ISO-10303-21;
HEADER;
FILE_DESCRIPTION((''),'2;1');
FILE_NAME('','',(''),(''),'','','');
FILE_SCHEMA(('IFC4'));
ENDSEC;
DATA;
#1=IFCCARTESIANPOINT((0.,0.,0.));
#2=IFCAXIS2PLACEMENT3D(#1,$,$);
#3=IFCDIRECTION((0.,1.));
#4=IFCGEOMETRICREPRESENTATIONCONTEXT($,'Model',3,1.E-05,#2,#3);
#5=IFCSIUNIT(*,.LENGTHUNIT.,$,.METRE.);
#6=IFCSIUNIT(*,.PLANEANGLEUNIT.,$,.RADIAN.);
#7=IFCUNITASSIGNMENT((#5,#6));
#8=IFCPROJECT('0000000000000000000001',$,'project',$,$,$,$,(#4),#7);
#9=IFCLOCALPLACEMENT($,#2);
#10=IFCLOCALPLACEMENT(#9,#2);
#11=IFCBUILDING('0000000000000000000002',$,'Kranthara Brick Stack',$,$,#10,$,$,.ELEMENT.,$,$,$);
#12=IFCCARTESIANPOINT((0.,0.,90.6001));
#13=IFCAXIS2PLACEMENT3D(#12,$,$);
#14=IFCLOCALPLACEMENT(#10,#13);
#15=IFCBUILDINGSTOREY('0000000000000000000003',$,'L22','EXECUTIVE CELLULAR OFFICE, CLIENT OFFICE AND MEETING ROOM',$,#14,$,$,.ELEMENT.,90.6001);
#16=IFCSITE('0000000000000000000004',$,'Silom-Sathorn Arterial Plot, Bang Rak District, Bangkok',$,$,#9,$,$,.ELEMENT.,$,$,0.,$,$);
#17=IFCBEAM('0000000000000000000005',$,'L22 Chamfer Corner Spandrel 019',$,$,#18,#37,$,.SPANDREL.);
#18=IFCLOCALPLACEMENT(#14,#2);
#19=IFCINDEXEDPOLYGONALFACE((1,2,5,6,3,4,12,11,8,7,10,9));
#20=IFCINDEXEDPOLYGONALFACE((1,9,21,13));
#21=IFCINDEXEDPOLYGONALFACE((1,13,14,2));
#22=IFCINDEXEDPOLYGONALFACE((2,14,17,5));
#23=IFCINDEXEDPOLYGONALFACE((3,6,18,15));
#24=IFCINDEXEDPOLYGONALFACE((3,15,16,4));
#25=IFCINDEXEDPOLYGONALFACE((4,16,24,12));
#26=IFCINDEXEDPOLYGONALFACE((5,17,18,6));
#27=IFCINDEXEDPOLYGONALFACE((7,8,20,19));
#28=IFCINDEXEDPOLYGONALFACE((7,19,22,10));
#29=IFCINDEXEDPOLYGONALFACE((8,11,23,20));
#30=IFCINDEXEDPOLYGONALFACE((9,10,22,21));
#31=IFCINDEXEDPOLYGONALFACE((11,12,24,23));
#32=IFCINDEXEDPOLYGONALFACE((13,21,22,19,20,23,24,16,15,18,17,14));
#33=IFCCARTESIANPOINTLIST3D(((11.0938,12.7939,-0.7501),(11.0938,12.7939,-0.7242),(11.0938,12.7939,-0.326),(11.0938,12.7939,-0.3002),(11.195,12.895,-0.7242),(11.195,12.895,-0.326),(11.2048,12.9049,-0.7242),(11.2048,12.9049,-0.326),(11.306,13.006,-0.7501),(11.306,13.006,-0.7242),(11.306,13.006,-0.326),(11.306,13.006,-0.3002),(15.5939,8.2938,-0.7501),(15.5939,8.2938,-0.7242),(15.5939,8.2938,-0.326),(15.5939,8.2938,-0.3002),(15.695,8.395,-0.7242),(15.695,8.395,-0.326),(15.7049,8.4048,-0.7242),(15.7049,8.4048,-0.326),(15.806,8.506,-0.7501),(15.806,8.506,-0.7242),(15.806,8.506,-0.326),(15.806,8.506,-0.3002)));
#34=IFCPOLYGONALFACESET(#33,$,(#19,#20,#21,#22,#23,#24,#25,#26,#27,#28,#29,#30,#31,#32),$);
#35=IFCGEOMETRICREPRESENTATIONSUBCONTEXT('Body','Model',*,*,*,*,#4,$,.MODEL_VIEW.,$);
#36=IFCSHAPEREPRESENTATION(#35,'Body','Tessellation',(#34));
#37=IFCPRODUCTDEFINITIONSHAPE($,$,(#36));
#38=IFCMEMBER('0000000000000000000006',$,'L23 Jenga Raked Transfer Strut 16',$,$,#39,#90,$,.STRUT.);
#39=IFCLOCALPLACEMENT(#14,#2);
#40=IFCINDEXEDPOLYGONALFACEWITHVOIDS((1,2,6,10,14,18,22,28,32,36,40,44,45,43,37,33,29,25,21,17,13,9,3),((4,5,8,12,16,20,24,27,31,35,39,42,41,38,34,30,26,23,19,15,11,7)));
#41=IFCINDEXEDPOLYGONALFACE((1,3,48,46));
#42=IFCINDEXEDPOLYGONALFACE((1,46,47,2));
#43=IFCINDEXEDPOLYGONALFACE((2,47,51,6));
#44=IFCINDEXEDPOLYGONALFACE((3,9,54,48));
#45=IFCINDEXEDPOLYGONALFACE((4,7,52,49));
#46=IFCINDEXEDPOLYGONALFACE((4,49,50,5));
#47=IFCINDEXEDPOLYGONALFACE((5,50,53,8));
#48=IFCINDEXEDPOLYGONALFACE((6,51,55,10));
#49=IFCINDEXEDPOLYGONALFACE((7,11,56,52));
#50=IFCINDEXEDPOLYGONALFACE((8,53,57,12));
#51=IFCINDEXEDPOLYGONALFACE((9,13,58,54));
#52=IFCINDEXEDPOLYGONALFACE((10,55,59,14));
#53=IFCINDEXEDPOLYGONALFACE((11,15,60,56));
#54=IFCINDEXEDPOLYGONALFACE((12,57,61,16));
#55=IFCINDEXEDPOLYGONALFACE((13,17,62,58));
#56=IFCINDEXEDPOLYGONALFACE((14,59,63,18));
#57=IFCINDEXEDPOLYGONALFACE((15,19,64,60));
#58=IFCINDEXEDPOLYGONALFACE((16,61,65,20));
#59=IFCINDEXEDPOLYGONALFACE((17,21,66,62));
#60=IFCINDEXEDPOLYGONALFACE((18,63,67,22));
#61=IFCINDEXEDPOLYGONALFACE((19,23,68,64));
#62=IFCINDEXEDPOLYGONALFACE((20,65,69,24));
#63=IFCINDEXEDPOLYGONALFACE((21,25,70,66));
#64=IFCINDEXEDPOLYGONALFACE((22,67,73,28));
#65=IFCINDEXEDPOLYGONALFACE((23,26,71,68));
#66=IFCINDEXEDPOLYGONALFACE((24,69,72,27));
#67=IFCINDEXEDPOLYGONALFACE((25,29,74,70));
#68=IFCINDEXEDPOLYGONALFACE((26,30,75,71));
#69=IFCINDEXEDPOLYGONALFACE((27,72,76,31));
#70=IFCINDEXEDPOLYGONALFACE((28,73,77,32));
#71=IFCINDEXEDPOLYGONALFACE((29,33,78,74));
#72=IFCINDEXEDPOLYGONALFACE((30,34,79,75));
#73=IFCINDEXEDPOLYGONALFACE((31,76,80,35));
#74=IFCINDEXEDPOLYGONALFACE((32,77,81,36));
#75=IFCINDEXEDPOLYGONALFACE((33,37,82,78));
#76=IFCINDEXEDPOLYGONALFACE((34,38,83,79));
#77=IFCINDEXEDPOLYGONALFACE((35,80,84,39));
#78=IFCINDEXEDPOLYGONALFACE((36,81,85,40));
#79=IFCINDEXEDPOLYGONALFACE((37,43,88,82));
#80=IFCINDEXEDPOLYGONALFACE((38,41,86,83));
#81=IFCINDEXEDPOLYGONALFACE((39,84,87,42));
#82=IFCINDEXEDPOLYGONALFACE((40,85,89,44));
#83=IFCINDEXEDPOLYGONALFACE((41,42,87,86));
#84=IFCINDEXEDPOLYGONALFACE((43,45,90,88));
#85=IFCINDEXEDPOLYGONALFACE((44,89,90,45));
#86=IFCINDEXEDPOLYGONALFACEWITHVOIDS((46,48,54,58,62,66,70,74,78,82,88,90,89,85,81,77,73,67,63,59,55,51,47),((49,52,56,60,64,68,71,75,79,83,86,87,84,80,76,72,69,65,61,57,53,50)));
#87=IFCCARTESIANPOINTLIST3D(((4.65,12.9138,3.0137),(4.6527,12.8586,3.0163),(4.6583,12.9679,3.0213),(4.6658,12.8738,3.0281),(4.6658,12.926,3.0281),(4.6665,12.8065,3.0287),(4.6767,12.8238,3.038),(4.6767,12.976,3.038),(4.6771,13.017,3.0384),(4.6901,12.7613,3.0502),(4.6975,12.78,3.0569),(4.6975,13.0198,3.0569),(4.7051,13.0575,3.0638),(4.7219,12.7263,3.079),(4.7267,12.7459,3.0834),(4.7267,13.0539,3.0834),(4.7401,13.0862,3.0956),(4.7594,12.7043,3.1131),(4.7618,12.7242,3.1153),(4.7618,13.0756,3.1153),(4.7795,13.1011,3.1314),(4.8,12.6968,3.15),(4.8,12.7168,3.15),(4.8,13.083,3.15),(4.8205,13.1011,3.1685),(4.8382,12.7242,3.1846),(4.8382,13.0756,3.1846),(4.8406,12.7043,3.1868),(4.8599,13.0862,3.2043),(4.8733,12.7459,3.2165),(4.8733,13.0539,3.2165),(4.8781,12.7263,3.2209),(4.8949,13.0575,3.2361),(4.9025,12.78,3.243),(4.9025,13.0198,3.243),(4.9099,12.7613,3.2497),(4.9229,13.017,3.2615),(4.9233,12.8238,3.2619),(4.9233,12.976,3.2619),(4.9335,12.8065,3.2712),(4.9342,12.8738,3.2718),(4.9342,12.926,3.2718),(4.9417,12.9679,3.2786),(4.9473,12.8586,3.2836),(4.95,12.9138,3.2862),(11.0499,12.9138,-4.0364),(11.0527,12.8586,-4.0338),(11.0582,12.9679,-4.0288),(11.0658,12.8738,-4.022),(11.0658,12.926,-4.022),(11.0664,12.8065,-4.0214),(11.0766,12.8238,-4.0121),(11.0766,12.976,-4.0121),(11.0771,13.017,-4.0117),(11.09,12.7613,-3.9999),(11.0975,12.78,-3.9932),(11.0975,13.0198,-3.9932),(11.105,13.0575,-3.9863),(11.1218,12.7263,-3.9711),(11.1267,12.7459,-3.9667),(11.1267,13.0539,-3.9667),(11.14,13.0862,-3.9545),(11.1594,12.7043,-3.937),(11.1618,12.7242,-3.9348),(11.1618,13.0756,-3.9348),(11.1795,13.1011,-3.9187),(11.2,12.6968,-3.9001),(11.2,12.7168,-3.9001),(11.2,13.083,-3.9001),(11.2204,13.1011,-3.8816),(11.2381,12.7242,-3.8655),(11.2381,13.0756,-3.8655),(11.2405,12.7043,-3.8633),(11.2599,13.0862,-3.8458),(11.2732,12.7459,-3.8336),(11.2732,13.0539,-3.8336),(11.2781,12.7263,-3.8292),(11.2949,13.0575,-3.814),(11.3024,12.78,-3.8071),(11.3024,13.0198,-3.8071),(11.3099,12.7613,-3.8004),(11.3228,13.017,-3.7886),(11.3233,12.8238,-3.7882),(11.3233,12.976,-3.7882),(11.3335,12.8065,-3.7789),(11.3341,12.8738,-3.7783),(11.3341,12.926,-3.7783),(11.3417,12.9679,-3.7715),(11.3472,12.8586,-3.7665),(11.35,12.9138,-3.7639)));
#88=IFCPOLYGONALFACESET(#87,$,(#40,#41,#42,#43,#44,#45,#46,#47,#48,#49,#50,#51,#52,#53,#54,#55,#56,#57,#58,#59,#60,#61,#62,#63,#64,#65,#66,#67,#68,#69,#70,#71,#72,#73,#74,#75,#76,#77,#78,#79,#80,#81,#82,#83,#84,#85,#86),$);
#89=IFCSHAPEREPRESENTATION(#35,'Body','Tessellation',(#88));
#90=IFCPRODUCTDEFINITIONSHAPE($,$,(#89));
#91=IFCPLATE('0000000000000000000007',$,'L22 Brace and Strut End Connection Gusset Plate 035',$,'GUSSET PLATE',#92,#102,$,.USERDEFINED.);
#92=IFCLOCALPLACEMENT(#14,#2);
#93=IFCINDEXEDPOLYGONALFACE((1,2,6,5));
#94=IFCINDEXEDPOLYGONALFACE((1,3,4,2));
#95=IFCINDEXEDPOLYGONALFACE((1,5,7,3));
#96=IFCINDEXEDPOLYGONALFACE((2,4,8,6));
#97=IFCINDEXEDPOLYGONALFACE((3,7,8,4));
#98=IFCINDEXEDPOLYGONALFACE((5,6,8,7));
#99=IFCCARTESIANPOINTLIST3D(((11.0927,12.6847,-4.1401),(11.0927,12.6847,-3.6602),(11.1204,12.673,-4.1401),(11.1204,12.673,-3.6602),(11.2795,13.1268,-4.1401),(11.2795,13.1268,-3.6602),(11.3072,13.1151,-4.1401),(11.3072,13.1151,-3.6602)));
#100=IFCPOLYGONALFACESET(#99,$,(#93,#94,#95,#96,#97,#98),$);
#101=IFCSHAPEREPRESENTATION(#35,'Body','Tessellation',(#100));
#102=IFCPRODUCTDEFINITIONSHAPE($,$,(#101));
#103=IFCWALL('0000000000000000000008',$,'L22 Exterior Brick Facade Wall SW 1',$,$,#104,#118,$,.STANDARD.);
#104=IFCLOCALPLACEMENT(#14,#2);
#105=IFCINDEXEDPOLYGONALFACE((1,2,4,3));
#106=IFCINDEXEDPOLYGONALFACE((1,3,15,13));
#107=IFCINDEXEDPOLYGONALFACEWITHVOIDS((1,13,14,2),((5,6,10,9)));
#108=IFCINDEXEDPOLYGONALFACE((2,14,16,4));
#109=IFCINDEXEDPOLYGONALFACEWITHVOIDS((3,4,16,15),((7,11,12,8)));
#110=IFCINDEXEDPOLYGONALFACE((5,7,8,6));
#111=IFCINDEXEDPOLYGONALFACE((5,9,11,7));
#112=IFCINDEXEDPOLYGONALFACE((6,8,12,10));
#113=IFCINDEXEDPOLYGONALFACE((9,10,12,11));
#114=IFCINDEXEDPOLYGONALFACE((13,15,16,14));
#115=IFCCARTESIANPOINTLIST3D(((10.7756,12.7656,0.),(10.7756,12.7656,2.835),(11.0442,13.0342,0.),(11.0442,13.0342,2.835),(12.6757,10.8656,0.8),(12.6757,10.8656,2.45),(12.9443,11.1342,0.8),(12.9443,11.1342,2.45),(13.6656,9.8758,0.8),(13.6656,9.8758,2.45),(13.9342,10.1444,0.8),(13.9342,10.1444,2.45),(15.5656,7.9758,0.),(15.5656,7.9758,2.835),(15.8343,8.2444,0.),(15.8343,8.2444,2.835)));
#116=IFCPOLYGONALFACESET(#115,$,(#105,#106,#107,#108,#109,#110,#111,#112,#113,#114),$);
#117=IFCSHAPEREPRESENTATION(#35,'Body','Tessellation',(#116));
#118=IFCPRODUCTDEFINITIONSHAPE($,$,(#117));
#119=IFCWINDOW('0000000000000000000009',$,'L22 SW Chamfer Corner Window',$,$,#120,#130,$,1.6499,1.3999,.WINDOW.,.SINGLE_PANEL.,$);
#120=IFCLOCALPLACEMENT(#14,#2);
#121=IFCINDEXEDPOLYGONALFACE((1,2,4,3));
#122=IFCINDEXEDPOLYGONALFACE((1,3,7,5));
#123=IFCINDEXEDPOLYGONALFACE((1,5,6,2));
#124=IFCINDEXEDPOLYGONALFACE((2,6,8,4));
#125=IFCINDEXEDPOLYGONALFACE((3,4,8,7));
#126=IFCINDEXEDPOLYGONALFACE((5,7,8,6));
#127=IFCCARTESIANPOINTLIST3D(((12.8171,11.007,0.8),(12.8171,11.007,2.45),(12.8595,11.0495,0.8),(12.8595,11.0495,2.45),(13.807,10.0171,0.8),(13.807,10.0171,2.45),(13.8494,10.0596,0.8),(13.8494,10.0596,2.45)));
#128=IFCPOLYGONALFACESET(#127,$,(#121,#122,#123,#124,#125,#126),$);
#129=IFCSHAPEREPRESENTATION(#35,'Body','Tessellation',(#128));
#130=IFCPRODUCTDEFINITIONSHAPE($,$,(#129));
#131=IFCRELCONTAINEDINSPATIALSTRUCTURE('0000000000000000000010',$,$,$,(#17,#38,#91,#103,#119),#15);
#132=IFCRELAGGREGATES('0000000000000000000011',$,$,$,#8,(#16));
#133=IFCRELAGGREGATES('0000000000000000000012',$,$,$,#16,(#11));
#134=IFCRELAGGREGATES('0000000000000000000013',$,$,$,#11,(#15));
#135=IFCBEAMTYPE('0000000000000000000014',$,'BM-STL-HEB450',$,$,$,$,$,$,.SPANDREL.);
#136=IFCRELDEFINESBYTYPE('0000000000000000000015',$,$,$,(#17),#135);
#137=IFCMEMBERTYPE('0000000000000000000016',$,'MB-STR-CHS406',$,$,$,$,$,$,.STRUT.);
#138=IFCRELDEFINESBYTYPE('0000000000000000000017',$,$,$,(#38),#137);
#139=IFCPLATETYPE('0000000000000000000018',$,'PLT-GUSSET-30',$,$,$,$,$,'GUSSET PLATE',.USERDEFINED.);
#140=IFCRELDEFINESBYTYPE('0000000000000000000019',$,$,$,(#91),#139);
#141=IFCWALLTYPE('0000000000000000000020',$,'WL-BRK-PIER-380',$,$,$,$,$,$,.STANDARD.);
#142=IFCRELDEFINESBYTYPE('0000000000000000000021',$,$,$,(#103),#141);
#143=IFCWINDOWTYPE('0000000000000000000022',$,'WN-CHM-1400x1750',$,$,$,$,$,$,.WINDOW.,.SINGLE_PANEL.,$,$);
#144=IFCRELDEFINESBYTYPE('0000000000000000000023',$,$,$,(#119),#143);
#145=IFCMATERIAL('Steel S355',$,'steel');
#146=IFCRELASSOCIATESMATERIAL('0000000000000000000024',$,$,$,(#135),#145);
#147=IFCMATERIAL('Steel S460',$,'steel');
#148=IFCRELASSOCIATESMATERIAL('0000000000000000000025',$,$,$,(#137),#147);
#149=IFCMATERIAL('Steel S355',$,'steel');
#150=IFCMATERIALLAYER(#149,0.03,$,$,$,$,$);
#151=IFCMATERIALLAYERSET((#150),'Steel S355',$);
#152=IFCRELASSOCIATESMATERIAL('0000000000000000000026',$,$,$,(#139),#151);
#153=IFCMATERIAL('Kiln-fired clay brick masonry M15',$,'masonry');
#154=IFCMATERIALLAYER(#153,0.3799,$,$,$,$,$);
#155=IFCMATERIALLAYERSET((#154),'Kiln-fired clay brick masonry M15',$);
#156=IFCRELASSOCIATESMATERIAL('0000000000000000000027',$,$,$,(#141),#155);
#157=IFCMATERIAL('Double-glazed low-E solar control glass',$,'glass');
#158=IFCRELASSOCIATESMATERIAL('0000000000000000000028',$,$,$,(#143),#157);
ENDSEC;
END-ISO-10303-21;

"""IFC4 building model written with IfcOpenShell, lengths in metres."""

from ifc_helpers import new_model, si_unit, direction, frame, frame_2d, origin, origin_2d, place, context, subcontext, project, spatial, rectangle, hollow_circle, i_section, extrude, material, layer, layer_set, material_profile, profile_set, type_object, element, fill, save


model = new_model("IFC4")

# Units and contexts
model_context = context("Model", 3, precision=1e-05, world=origin(), true_north=direction((0.0, 1.0)))
body_context = subcontext(model_context, "Body", "Model", "MODEL_VIEW")
ifc_project = project(units=[si_unit("LENGTHUNIT", "METRE"), si_unit("PLANEANGLEUNIT", "RADIAN")], contexts=[model_context])

# Site, building, storey
site_placement = place(None, origin())
site = spatial("IfcSite", under=ifc_project, at=site_placement, Name="Silom-Sathorn Arterial Plot, Bang Rak District, Bangkok", CompositionType="ELEMENT", RefElevation=0.0)
building_placement = place(site_placement, origin())
building = spatial("IfcBuilding", under=site, at=building_placement, Name="Kranthara Brick Stack", CompositionType="ELEMENT")
storey_placement = place(building_placement, frame((0.0, 0.0, 90.6001)))
storey = spatial("IfcBuildingStorey", under=building, at=storey_placement, Name="L22", Description="EXECUTIVE CELLULAR OFFICE, CLIENT OFFICE AND MEETING ROOM", CompositionType="ELEMENT", Elevation=90.6001)

# Beam
ifc_material_1 = material(Name="Steel S355", Category="steel")
ifc_material_profile_1 = material_profile(ifc_material_1, i_section(OverallWidth=0.3, OverallDepth=0.45, WebThickness=0.0139, FlangeThickness=0.0259, at=origin_2d()), Name="HEB 450")
ifc_profile_set_1 = profile_set([ifc_material_profile_1], Name="Steel S355")
beam_type_1 = type_object("IfcBeamType", Name="BM-STL-HEB450", PredefinedType="SPANDREL", material=ifc_profile_set_1)
beam_1_placement = place(storey_placement, frame((15.7, 8.3999, -0.5251), z_axis=(-0.707107, 0.707107, 0.0), x_axis=(-0.707107, -0.707107, 0.0)))
element("IfcBeam", 1, at=beam_1_placement, inside=storey, type_object=beam_type_1, Name="L22 Chamfer Corner Spandrel 019", PredefinedType="SPANDREL", context=body_context, shape_type="SweptSolid", body=[
    extrude(i_section(OverallWidth=0.3, OverallDepth=0.45, WebThickness=0.0139, FlangeThickness=0.0259, at=origin_2d()), origin(), (0.0, 0.0, 1.0), 6.364),
])

# Member
ifc_material_2 = material(Name="Steel S460", Category="steel")
ifc_material_profile_2 = material_profile(ifc_material_2, hollow_circle(Radius=0.2031, WallThickness=0.02, at=origin_2d()), Name="CHS 406.4x20")
ifc_profile_set_2 = profile_set([ifc_material_profile_2], Name="Steel S460")
member_type = type_object("IfcMemberType", Name="MB-STR-CHS406", PredefinedType="STRUT", material=ifc_profile_set_2)
member_placement = place(storey_placement, frame((11.2, 12.8999, -3.9001), z_axis=(-0.672142, 0.0, 0.740423), x_axis=(0.0, -1.0, 0.0)))
element("IfcMember", 2, at=member_placement, inside=storey, type_object=member_type, Name="L23 Jenga Raked Transfer Strut 16", PredefinedType="STRUT", context=body_context, shape_type="SweptSolid", body=[
    extrude(hollow_circle(Radius=0.2031, WallThickness=0.02, at=origin_2d()), origin(), (0.0, 0.0, 1.0), 9.5217),
])

# Plate
ifc_material_3 = material(Name="Steel S355", Category="steel")
ifc_layer_1 = layer(ifc_material_3, 0.03)
ifc_layer_set_1 = layer_set([ifc_layer_1], Name="Steel S355")
plate_type = type_object("IfcPlateType", Name="PLT-GUSSET-30", ElementType="GUSSET PLATE", PredefinedType="USERDEFINED", material=ifc_layer_set_1)
plate_placement = place(storey_placement, frame((11.2, 12.8999, -4.1401), z_axis=(0.0, 0.0, 1.0), x_axis=(0.389124, 0.921185, 0.0)))
element("IfcPlate", 3, at=plate_placement, inside=storey, type_object=plate_type, Name="L22 Brace and Strut End Connection Gusset Plate 035", ObjectType="GUSSET PLATE", PredefinedType="USERDEFINED", context=body_context, shape_type="SweptSolid", body=[
    extrude(rectangle(XDim=0.48, YDim=0.03, at=origin_2d()), origin(), (0.0, 0.0, 1.0), 0.48),
])

# Wall, opening, window
ifc_material_4 = material(Name="Kiln-fired clay brick masonry M15", Category="masonry")
ifc_layer_2 = layer(ifc_material_4, 0.3799)
ifc_layer_set_2 = layer_set([ifc_layer_2], Name="Kiln-fired clay brick masonry M15")
wall_type = type_object("IfcWallType", Name="WL-BRK-PIER-380", PredefinedType="STANDARD", material=ifc_layer_set_2)
wall_placement = place(storey_placement, frame((15.7, 8.1101, 0.0), z_axis=(0.0, 0.0, 1.0), x_axis=(-0.707125, 0.707089, 0.0)))
wall = element("IfcWall", 4, at=wall_placement, inside=storey, type_object=wall_type, Name="L22 Exterior Brick Facade Wall SW 1", PredefinedType="STANDARD", context=body_context, shape_type="SweptSolid", body=[
    extrude(rectangle(XDim=6.7739, YDim=0.3799, at=frame_2d((3.387, 0.0))), origin(), (0.0, 0.0, 1.0), 2.835),
])
opening_placement = place(wall_placement, frame((2.687, 0.0, 0.8)))
opening = element("IfcOpeningElement", 5, at=opening_placement, cuts=wall, PredefinedType="OPENING", context=body_context, shape_type="SweptSolid", body=[
    extrude(rectangle(XDim=1.3999, YDim=1.6499, at=frame_2d((0.7, 0.825))), frame((0.0, 0.2, 0.0), z_axis=(0.0, -1.0, 0.0), x_axis=(1.0, 0.0, 0.0)), (0.0, 0.0, 1.0), 0.3999),
])
ifc_material_5 = material(Name="Double-glazed low-E solar control glass", Category="glass")
window_type = type_object("IfcWindowType", Name="WN-CHM-1400x1750", PartitioningType="SINGLE_PANEL", PredefinedType="WINDOW", material=ifc_material_5)
window_placement = place(opening_placement, origin())
window = element("IfcWindow", 6, at=window_placement, inside=storey, type_object=window_type, Name="L22 SW Chamfer Corner Window", OverallHeight=1.6499, OverallWidth=1.3999, PartitioningType="SINGLE_PANEL", PredefinedType="WINDOW", context=body_context, shape_type="SweptSolid", body=[
    extrude(rectangle(XDim=1.3999, YDim=1.6499, at=frame_2d((0.7, 0.825))), frame((0.0, -0.01, 0.0), z_axis=(0.0, -1.0, 0.0), x_axis=(1.0, 0.0, 0.0)), (0.0, 0.0, 1.0), 0.0601),
])
fill(opening, window)

save(model, "model.ifc")
